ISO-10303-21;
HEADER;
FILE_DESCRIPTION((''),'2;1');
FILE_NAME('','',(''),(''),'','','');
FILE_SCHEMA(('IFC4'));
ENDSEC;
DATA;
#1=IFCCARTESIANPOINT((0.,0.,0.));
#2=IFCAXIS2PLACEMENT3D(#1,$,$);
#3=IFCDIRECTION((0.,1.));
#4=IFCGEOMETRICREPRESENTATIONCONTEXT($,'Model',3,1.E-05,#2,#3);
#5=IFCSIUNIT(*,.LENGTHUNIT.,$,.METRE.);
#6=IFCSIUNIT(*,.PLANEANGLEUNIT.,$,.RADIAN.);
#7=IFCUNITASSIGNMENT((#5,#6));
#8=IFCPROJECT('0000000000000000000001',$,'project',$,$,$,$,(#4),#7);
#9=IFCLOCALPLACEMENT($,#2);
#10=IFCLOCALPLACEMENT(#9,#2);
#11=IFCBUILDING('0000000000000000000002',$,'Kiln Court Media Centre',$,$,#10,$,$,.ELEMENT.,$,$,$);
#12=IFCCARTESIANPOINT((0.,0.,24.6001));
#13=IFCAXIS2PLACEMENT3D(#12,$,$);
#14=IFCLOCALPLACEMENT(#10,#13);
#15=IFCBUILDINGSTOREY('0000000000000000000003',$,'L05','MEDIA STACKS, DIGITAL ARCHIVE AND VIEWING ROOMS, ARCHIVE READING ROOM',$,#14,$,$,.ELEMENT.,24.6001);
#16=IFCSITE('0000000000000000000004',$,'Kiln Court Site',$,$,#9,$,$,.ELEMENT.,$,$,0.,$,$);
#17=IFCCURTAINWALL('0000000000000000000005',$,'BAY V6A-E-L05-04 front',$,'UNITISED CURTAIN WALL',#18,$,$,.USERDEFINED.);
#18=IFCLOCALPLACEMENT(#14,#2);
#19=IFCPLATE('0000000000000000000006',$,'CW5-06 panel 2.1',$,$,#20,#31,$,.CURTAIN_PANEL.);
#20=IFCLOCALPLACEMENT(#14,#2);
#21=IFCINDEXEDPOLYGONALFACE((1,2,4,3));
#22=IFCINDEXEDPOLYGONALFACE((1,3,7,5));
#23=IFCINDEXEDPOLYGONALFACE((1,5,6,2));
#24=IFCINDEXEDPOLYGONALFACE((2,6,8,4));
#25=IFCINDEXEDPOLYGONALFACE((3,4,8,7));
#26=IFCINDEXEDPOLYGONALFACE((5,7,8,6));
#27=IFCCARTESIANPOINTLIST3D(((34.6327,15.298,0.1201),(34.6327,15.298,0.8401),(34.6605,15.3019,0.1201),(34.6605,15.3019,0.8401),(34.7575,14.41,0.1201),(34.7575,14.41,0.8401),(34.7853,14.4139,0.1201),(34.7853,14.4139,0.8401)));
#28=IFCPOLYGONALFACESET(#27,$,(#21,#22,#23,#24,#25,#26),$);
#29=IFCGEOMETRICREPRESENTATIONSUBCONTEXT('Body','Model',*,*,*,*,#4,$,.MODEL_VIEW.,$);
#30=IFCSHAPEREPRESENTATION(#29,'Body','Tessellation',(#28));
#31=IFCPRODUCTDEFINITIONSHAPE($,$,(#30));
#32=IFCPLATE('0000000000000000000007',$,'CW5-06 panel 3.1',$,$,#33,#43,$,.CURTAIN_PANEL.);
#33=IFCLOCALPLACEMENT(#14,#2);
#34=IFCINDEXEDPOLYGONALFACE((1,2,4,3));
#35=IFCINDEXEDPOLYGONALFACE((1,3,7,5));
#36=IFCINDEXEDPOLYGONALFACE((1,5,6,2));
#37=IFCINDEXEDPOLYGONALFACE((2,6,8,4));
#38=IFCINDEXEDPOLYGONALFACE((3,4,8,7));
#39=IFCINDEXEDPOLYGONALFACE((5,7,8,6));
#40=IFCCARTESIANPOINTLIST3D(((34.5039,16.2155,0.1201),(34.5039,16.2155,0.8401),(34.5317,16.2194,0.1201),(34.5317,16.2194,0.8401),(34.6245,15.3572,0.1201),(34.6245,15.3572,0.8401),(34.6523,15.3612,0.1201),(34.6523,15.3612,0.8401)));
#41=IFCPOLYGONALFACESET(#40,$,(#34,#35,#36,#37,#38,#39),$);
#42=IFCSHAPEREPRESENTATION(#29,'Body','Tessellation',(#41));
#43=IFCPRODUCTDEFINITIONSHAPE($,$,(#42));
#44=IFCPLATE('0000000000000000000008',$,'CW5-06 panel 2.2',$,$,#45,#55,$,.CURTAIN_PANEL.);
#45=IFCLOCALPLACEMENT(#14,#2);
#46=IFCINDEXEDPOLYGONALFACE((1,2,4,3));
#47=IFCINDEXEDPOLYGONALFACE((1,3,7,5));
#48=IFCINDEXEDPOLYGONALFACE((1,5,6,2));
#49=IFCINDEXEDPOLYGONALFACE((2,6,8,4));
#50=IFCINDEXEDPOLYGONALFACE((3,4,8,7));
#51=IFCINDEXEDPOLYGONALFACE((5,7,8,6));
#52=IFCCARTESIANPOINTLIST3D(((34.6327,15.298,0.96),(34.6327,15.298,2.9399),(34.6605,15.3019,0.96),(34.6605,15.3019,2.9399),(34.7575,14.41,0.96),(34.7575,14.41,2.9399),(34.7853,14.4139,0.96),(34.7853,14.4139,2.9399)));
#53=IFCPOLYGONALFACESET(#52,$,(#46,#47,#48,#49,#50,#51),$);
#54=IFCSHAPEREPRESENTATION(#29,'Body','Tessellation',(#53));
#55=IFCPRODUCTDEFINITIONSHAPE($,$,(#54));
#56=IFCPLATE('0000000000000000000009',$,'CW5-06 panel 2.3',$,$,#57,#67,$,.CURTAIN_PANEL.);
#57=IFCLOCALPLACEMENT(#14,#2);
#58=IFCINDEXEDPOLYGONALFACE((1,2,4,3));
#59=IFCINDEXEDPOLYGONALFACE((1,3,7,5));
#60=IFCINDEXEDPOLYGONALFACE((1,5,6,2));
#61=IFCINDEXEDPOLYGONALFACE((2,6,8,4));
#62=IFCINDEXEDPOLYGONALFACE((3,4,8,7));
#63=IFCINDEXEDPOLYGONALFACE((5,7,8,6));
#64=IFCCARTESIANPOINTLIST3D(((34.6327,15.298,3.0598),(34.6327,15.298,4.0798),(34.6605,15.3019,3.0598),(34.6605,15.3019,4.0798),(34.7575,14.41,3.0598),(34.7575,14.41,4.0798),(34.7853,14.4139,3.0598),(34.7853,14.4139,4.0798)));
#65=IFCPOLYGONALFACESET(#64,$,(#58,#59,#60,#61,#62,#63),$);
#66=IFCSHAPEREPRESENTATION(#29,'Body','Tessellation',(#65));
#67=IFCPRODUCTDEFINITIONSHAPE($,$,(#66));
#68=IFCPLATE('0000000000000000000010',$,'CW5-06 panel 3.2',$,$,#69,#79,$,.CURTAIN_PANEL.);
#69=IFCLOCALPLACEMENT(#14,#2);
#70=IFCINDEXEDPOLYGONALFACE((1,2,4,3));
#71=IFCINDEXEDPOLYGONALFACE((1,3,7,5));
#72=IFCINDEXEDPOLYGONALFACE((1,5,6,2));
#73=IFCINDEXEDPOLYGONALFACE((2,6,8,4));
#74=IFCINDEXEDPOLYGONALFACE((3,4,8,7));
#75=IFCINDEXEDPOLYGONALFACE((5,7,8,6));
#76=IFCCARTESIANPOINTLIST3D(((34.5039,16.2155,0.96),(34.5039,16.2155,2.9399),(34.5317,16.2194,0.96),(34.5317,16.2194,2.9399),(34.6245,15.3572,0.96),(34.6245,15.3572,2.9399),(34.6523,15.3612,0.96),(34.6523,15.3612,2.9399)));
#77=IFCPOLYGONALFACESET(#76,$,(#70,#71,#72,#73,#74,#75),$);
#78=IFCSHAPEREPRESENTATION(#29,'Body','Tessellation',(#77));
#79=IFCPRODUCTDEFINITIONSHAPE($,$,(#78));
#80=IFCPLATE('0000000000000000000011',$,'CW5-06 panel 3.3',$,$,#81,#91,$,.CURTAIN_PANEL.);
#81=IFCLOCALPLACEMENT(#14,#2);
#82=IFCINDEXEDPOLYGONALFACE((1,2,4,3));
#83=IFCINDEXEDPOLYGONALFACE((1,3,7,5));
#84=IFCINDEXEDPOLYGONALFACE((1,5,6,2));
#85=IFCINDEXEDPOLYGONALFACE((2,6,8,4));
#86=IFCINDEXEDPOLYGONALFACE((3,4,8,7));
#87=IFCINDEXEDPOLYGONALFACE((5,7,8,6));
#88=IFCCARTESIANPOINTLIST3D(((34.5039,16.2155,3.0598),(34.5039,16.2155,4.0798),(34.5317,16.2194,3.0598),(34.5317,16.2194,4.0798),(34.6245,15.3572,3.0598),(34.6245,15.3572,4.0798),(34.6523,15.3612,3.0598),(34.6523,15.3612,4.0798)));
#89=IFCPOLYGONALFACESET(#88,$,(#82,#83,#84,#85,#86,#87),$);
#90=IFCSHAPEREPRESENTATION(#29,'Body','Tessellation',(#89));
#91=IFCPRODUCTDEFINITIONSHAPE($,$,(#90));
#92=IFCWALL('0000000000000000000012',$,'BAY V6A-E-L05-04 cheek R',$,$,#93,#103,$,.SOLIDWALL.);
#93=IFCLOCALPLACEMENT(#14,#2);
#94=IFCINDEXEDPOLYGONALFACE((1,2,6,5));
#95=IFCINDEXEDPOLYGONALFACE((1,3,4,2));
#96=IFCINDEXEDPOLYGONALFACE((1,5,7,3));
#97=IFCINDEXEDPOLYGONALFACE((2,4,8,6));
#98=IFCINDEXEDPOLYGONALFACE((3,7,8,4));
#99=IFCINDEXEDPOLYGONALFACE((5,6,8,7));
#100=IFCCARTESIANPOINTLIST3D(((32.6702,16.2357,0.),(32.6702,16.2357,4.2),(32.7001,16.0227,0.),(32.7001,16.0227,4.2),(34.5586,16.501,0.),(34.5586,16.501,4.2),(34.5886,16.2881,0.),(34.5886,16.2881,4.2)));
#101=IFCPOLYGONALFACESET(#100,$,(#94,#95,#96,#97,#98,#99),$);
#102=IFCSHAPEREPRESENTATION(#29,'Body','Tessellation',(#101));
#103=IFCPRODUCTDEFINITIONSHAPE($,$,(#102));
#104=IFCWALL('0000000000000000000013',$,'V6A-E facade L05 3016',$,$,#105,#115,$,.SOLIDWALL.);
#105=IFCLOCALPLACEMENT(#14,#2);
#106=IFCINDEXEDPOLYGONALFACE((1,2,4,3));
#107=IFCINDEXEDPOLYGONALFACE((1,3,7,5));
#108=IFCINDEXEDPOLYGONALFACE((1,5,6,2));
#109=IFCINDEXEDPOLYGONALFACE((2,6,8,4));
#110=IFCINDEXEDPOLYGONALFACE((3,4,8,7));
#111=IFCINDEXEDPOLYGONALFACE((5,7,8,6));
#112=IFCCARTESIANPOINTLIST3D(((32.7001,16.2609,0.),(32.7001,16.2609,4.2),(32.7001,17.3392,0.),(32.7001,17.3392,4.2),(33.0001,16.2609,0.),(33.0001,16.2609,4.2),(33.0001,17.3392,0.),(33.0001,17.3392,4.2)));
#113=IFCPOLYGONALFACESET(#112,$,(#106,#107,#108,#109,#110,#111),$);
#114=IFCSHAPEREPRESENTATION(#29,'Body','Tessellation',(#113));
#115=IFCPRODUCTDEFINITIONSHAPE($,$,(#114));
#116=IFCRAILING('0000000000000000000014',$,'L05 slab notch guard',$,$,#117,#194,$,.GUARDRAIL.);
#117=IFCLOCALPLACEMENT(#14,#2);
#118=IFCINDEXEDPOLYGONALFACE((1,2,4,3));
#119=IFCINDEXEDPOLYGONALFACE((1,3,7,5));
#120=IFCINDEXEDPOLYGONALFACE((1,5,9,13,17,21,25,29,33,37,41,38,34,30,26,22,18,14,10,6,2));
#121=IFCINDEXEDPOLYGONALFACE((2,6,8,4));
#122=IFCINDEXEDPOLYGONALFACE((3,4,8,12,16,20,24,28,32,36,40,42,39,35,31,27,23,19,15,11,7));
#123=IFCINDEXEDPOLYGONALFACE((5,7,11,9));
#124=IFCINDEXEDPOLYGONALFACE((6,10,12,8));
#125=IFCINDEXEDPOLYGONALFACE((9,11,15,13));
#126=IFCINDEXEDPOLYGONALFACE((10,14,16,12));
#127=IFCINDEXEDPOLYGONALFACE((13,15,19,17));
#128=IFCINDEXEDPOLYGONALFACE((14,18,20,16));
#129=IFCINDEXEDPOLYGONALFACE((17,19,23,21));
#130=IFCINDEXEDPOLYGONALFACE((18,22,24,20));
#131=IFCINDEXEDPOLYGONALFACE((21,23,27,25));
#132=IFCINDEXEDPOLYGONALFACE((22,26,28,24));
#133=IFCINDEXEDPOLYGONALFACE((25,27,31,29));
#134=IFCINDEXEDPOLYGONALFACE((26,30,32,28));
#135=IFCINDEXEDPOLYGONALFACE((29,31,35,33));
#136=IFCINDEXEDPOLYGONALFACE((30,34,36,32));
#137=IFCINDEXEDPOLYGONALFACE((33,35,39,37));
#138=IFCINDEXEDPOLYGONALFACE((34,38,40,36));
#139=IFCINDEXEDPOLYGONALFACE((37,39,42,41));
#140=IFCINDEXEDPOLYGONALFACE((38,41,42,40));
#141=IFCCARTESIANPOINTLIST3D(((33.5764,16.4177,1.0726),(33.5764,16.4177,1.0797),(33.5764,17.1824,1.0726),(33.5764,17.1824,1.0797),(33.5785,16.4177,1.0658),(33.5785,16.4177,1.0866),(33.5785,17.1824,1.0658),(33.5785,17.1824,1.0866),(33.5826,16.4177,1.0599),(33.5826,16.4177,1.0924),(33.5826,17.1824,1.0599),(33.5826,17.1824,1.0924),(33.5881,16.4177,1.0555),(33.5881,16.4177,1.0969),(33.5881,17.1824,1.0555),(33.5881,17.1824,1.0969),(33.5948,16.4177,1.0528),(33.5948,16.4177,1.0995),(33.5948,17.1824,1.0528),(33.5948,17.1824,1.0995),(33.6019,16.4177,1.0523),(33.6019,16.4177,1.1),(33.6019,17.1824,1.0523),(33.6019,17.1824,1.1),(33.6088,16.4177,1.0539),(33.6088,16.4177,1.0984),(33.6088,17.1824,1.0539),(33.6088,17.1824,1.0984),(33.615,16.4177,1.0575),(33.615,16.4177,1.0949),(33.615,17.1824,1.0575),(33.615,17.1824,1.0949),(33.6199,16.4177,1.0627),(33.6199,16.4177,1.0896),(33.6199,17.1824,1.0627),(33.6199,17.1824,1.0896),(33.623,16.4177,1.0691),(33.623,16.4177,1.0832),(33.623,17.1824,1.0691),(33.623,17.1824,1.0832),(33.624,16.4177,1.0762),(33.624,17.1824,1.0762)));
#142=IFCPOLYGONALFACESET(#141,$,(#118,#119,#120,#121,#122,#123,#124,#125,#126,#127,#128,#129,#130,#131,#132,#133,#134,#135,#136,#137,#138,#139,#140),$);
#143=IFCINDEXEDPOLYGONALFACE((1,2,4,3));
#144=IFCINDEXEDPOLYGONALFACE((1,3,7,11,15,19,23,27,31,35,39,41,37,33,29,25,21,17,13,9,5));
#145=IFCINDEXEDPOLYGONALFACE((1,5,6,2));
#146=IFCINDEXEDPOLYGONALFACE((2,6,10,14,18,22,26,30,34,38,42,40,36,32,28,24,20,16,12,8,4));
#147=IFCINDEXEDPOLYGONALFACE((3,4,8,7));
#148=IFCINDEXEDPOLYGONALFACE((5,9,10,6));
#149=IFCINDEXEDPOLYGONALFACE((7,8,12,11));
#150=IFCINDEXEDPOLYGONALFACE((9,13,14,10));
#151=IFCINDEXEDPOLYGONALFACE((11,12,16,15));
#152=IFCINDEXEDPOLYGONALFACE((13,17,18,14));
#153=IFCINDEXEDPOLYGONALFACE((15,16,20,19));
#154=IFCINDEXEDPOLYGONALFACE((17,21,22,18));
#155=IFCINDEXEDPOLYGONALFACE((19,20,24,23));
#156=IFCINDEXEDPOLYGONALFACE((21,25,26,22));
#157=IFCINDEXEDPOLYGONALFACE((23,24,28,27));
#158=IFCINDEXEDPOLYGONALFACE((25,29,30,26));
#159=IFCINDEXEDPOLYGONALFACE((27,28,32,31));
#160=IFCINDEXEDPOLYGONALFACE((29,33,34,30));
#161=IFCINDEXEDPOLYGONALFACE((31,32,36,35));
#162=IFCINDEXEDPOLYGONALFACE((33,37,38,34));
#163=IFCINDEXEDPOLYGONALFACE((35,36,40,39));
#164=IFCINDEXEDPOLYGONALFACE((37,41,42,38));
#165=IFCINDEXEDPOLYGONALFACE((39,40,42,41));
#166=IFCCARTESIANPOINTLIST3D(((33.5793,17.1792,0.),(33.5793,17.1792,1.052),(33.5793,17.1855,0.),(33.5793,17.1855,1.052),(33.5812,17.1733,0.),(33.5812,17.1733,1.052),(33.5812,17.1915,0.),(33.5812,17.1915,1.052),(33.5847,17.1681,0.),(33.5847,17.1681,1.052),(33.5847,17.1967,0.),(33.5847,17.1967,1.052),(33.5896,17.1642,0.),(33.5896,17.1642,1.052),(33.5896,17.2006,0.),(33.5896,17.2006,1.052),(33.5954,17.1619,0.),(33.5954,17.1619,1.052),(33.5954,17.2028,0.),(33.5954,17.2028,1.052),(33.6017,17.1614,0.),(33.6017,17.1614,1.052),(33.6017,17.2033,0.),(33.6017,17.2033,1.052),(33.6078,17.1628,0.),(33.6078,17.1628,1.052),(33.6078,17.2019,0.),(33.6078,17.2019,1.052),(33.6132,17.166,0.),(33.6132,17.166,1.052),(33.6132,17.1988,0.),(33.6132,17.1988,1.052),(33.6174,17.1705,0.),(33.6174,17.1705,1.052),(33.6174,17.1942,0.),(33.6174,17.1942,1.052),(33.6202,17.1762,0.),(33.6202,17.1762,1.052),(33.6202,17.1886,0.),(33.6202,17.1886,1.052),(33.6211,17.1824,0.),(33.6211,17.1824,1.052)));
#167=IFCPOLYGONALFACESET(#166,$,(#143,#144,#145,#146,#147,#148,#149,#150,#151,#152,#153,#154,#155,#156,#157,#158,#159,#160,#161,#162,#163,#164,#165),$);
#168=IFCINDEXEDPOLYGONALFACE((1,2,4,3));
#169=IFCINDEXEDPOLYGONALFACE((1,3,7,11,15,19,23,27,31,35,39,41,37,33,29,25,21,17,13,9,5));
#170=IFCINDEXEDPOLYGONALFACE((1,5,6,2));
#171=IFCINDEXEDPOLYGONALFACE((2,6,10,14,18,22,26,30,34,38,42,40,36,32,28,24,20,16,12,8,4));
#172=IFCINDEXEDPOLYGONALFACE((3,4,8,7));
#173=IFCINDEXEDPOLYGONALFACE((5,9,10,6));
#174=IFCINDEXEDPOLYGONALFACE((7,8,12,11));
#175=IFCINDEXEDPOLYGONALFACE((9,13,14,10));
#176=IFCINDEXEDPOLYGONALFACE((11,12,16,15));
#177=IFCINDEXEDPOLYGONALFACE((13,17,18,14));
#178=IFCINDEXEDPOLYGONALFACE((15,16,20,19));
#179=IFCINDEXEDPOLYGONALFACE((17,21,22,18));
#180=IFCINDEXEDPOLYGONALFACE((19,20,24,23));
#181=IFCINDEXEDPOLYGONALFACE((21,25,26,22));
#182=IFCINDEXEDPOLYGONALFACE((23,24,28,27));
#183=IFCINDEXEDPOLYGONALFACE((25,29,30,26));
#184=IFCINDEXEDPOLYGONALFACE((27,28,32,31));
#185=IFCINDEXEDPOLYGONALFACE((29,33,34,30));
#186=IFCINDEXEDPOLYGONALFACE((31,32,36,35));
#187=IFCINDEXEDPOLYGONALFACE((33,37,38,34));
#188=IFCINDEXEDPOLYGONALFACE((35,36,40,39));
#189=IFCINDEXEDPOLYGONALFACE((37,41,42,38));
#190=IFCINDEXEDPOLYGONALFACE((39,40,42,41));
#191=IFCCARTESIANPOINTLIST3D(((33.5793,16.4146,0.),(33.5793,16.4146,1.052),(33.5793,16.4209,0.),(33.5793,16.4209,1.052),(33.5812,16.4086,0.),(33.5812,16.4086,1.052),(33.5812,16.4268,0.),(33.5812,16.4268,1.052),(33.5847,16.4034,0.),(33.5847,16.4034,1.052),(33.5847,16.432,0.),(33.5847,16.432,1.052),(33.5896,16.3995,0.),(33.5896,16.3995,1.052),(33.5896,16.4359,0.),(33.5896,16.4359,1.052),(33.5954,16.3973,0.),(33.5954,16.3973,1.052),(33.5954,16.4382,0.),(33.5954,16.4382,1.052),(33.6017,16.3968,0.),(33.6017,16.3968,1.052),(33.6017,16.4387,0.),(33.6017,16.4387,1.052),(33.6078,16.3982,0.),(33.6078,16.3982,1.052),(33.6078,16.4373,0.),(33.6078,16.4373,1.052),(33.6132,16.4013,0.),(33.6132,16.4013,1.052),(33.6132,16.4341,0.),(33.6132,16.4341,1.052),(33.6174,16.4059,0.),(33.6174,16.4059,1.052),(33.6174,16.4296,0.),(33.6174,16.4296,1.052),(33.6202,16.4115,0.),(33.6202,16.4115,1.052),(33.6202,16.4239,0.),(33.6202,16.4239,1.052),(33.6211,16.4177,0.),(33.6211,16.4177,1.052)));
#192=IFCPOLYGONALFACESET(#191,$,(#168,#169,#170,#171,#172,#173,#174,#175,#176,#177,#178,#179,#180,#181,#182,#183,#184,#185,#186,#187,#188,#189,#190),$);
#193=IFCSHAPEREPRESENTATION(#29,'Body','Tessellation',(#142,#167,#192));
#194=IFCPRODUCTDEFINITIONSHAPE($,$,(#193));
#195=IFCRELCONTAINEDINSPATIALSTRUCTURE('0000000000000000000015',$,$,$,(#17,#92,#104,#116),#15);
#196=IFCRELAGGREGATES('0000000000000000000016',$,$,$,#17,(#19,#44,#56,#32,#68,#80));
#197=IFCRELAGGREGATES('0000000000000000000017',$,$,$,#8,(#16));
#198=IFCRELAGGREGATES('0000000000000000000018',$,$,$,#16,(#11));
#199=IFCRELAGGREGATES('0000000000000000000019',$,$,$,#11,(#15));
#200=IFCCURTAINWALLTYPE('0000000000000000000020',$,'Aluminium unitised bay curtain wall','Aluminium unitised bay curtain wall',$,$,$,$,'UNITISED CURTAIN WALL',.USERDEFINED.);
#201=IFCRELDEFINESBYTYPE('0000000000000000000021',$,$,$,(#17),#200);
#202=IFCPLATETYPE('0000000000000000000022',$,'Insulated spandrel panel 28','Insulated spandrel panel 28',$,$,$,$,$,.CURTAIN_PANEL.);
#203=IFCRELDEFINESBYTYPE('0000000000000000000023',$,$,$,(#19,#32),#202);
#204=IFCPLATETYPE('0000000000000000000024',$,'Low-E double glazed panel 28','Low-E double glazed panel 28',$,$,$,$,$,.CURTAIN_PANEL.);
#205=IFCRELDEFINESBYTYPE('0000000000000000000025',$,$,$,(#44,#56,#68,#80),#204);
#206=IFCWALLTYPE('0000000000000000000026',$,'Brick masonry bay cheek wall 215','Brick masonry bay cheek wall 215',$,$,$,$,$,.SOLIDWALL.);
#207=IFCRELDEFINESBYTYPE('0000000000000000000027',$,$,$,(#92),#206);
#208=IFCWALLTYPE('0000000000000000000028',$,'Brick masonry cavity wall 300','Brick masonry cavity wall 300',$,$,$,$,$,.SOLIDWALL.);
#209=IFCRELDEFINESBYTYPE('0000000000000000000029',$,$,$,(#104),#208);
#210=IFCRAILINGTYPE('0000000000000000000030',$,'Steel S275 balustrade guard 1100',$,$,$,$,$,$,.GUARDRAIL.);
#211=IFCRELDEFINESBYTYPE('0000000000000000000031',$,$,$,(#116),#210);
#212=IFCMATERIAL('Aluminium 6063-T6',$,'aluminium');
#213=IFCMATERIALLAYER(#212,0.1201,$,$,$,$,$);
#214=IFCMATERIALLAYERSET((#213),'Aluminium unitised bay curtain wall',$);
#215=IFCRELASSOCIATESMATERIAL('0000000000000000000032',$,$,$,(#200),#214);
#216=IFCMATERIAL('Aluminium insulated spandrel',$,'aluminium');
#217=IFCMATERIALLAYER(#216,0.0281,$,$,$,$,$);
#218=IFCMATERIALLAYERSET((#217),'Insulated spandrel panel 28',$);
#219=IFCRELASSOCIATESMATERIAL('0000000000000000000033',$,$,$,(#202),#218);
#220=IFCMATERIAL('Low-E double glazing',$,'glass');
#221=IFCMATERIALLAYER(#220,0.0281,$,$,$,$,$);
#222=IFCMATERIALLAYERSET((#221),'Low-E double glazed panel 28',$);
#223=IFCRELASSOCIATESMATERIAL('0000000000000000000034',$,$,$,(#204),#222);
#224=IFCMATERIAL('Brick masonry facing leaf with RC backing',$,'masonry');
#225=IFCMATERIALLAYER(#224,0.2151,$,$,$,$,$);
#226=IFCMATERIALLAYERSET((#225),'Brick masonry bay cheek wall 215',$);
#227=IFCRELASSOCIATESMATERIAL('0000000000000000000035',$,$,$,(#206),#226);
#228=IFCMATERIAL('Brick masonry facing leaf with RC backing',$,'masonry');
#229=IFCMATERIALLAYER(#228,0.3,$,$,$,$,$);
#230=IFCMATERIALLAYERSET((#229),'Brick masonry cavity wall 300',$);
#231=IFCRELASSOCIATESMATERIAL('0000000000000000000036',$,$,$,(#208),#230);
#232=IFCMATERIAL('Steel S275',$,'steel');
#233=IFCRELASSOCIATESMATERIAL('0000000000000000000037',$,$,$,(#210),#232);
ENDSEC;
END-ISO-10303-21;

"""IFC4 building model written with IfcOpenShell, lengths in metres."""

from ifc_helpers import new_model, si_unit, direction, frame, frame_2d, origin, origin_2d, place, context, subcontext, project, spatial, rectangle, circle, extrude, material, layer, layer_set, type_object, element, aggregate, save


model = new_model("IFC4")

# Units and contexts
model_context = context("Model", 3, precision=1e-05, world=origin(), true_north=direction((0.0, 1.0)))
body_context = subcontext(model_context, "Body", "Model", "MODEL_VIEW")
ifc_project = project(units=[si_unit("LENGTHUNIT", "METRE"), si_unit("PLANEANGLEUNIT", "RADIAN")], contexts=[model_context])

# Site, building, storey
site_placement = place(None, origin())
site = spatial("IfcSite", under=ifc_project, at=site_placement, Name="Kiln Court Site", CompositionType="ELEMENT", RefElevation=0.0)
building_placement = place(site_placement, origin())
building = spatial("IfcBuilding", under=site, at=building_placement, Name="Kiln Court Media Centre", CompositionType="ELEMENT")
storey_placement = place(building_placement, frame((0.0, 0.0, 24.6001)))
storey = spatial("IfcBuildingStorey", under=building, at=storey_placement, Name="L05", Description="MEDIA STACKS, DIGITAL ARCHIVE AND VIEWING ROOMS, ARCHIVE READING ROOM", CompositionType="ELEMENT", Elevation=24.6001)

# Curtain wall
ifc_material_1 = material(Name="Aluminium 6063-T6", Category="aluminium")
ifc_layer_1 = layer(ifc_material_1, 0.1201)
ifc_layer_set_1 = layer_set([ifc_layer_1], Name="Aluminium unitised bay curtain wall")
curtain_wall_type = type_object("IfcCurtainWallType", Name="Aluminium unitised bay curtain wall", Description="Aluminium unitised bay curtain wall", ElementType="UNITISED CURTAIN WALL", PredefinedType="USERDEFINED", material=ifc_layer_set_1)
curtain_wall_1_placement = place(storey_placement, origin())
curtain_wall_1 = element("IfcCurtainWall", 1, at=curtain_wall_1_placement, inside=storey, type_object=curtain_wall_type, Name="BAY V6A-E-L05-04 front", ObjectType="UNITISED CURTAIN WALL", PredefinedType="USERDEFINED")

# Plates
ifc_material_2 = material(Name="Aluminium insulated spandrel", Category="aluminium")
ifc_layer_2 = layer(ifc_material_2, 0.0281)
ifc_layer_set_2 = layer_set([ifc_layer_2], Name="Insulated spandrel panel 28")
plate_type_1 = type_object("IfcPlateType", Name="Insulated spandrel panel 28", Description="Insulated spandrel panel 28", PredefinedType="CURTAIN_PANEL", material=ifc_layer_set_2)
plate_1_placement = place(storey_placement, frame((34.709, 14.856, 0.1201), z_axis=(0.0, 0.0, 1.0), x_axis=(-0.139162, 0.99027, 0.0)))
plate_1 = element("IfcPlate", 2, at=plate_1_placement, type_object=plate_type_1, Name="CW5-06 panel 2.1", PredefinedType="CURTAIN_PANEL", context=body_context, shape_type="SweptSolid", body=[
    extrude(rectangle(XDim=0.8967, YDim=0.0281, at=origin_2d()), origin(), (0.0, 0.0, 1.0), 0.72),
])
plate_2_placement = place(storey_placement, frame((34.5781, 15.7883, 0.1201), z_axis=(0.0, 0.0, 1.0), x_axis=(-0.139162, 0.99027, 0.0)))
plate_2 = element("IfcPlate", 3, at=plate_2_placement, type_object=plate_type_1, Name="CW5-06 panel 3.1", PredefinedType="CURTAIN_PANEL", context=body_context, shape_type="SweptSolid", body=[
    extrude(rectangle(XDim=0.8667, YDim=0.0281, at=origin_2d()), origin(), (0.0, 0.0, 1.0), 0.72),
])
ifc_material_3 = material(Name="Low-E double glazing", Category="glass")
ifc_layer_3 = layer(ifc_material_3, 0.0281)
ifc_layer_set_3 = layer_set([ifc_layer_3], Name="Low-E double glazed panel 28")
plate_type_2 = type_object("IfcPlateType", Name="Low-E double glazed panel 28", Description="Low-E double glazed panel 28", PredefinedType="CURTAIN_PANEL", material=ifc_layer_set_3)
plate_3_placement = place(storey_placement, frame((34.709, 14.856, 0.96), z_axis=(0.0, 0.0, 1.0), x_axis=(-0.139162, 0.99027, 0.0)))
plate_3 = element("IfcPlate", 4, at=plate_3_placement, type_object=plate_type_2, Name="CW5-06 panel 2.2", PredefinedType="CURTAIN_PANEL", context=body_context, shape_type="SweptSolid", body=[
    extrude(rectangle(XDim=0.8967, YDim=0.0281, at=origin_2d()), origin(), (0.0, 0.0, 1.0), 1.98),
])
plate_4_placement = place(storey_placement, frame((34.709, 14.856, 3.0598), z_axis=(0.0, 0.0, 1.0), x_axis=(-0.139162, 0.99027, 0.0)))
plate_4 = element("IfcPlate", 5, at=plate_4_placement, type_object=plate_type_2, Name="CW5-06 panel 2.3", PredefinedType="CURTAIN_PANEL", context=body_context, shape_type="SweptSolid", body=[
    extrude(rectangle(XDim=0.8967, YDim=0.0281, at=origin_2d()), origin(), (0.0, 0.0, 1.0), 1.02),
])
plate_5_placement = place(storey_placement, frame((34.5781, 15.7883, 0.96), z_axis=(0.0, 0.0, 1.0), x_axis=(-0.139162, 0.99027, 0.0)))
plate_5 = element("IfcPlate", 6, at=plate_5_placement, type_object=plate_type_2, Name="CW5-06 panel 3.2", PredefinedType="CURTAIN_PANEL", context=body_context, shape_type="SweptSolid", body=[
    extrude(rectangle(XDim=0.8667, YDim=0.0281, at=origin_2d()), origin(), (0.0, 0.0, 1.0), 1.98),
])
plate_6_placement = place(storey_placement, frame((34.5781, 15.7883, 3.0598), z_axis=(0.0, 0.0, 1.0), x_axis=(-0.139162, 0.99027, 0.0)))
plate_6 = element("IfcPlate", 7, at=plate_6_placement, type_object=plate_type_2, Name="CW5-06 panel 3.3", PredefinedType="CURTAIN_PANEL", context=body_context, shape_type="SweptSolid", body=[
    extrude(rectangle(XDim=0.8667, YDim=0.0281, at=origin_2d()), origin(), (0.0, 0.0, 1.0), 1.02),
])
aggregate(curtain_wall_1, [plate_1, plate_3, plate_4, plate_2, plate_5, plate_6])

# Walls
ifc_material_4 = material(Name="Brick masonry facing leaf with RC backing", Category="masonry")
ifc_layer_4 = layer(ifc_material_4, 0.2151)
ifc_layer_set_4 = layer_set([ifc_layer_4], Name="Brick masonry bay cheek wall 215")
wall_type_1 = type_object("IfcWallType", Name="Brick masonry bay cheek wall 215", Description="Brick masonry bay cheek wall 215", PredefinedType="SOLIDWALL", material=ifc_layer_set_4)
wall_1_placement = place(storey_placement, frame((32.6851, 16.1292, 0.0), z_axis=(0.0, 0.0, 1.0), x_axis=(0.99027, 0.139163, 0.0)))
element("IfcWall", 8, at=wall_1_placement, inside=storey, type_object=wall_type_1, Name="BAY V6A-E-L05-04 cheek R", PredefinedType="SOLIDWALL", context=body_context, shape_type="SweptSolid", body=[
    extrude(rectangle(XDim=1.907, YDim=0.2151, at=frame_2d((0.9536, 0.0))), origin(), (0.0, 0.0, 1.0), 4.2),
])
ifc_material_5 = material(Name="Brick masonry facing leaf with RC backing", Category="masonry")
ifc_layer_5 = layer(ifc_material_5, 0.3)
ifc_layer_set_5 = layer_set([ifc_layer_5], Name="Brick masonry cavity wall 300")
wall_type_2 = type_object("IfcWallType", Name="Brick masonry cavity wall 300", Description="Brick masonry cavity wall 300", PredefinedType="SOLIDWALL", material=ifc_layer_set_5)
wall_2_placement = place(storey_placement, frame((32.8501, 17.3391, 0.0), z_axis=(0.0, 0.0, 1.0), x_axis=(0.0, -1.0, 0.0)))
element("IfcWall", 9, at=wall_2_placement, inside=storey, type_object=wall_type_2, Name="V6A-E facade L05 3016", PredefinedType="SOLIDWALL", context=body_context, shape_type="SweptSolid", body=[
    extrude(rectangle(XDim=1.0784, YDim=0.3, at=frame_2d((0.5391, 0.0))), origin(), (0.0, 0.0, 1.0), 4.2),
])

# Railing
ifc_material_6 = material(Name="Steel S275", Category="steel")
railing_type = type_object("IfcRailingType", Name="Steel S275 balustrade guard 1100", PredefinedType="GUARDRAIL", material=ifc_material_6)
railing_placement = place(storey_placement, frame((33.6001, 17.1824, 0.0)))
element("IfcRailing", 10, at=railing_placement, inside=storey, type_object=railing_type, Name="L05 slab notch guard", PredefinedType="GUARDRAIL", context=body_context, shape_type="SweptSolid", body=[
    extrude(circle(Radius=0.0239, at=origin_2d()), frame((0.0, 0.0, 1.0762), z_axis=(0.0, -1.0, 0.0), x_axis=(1.0, 0.0, 0.0)), (0.0, 0.0, 1.0), 0.7646),
    extrude(circle(Radius=0.021, at=origin_2d()), origin(), (0.0, 0.0, 1.0), 1.052),
    extrude(circle(Radius=0.021, at=origin_2d()), frame((0.0, -0.7646, 0.0)), (0.0, 0.0, 1.0), 1.052),
])

save(model, "model.ifc")
